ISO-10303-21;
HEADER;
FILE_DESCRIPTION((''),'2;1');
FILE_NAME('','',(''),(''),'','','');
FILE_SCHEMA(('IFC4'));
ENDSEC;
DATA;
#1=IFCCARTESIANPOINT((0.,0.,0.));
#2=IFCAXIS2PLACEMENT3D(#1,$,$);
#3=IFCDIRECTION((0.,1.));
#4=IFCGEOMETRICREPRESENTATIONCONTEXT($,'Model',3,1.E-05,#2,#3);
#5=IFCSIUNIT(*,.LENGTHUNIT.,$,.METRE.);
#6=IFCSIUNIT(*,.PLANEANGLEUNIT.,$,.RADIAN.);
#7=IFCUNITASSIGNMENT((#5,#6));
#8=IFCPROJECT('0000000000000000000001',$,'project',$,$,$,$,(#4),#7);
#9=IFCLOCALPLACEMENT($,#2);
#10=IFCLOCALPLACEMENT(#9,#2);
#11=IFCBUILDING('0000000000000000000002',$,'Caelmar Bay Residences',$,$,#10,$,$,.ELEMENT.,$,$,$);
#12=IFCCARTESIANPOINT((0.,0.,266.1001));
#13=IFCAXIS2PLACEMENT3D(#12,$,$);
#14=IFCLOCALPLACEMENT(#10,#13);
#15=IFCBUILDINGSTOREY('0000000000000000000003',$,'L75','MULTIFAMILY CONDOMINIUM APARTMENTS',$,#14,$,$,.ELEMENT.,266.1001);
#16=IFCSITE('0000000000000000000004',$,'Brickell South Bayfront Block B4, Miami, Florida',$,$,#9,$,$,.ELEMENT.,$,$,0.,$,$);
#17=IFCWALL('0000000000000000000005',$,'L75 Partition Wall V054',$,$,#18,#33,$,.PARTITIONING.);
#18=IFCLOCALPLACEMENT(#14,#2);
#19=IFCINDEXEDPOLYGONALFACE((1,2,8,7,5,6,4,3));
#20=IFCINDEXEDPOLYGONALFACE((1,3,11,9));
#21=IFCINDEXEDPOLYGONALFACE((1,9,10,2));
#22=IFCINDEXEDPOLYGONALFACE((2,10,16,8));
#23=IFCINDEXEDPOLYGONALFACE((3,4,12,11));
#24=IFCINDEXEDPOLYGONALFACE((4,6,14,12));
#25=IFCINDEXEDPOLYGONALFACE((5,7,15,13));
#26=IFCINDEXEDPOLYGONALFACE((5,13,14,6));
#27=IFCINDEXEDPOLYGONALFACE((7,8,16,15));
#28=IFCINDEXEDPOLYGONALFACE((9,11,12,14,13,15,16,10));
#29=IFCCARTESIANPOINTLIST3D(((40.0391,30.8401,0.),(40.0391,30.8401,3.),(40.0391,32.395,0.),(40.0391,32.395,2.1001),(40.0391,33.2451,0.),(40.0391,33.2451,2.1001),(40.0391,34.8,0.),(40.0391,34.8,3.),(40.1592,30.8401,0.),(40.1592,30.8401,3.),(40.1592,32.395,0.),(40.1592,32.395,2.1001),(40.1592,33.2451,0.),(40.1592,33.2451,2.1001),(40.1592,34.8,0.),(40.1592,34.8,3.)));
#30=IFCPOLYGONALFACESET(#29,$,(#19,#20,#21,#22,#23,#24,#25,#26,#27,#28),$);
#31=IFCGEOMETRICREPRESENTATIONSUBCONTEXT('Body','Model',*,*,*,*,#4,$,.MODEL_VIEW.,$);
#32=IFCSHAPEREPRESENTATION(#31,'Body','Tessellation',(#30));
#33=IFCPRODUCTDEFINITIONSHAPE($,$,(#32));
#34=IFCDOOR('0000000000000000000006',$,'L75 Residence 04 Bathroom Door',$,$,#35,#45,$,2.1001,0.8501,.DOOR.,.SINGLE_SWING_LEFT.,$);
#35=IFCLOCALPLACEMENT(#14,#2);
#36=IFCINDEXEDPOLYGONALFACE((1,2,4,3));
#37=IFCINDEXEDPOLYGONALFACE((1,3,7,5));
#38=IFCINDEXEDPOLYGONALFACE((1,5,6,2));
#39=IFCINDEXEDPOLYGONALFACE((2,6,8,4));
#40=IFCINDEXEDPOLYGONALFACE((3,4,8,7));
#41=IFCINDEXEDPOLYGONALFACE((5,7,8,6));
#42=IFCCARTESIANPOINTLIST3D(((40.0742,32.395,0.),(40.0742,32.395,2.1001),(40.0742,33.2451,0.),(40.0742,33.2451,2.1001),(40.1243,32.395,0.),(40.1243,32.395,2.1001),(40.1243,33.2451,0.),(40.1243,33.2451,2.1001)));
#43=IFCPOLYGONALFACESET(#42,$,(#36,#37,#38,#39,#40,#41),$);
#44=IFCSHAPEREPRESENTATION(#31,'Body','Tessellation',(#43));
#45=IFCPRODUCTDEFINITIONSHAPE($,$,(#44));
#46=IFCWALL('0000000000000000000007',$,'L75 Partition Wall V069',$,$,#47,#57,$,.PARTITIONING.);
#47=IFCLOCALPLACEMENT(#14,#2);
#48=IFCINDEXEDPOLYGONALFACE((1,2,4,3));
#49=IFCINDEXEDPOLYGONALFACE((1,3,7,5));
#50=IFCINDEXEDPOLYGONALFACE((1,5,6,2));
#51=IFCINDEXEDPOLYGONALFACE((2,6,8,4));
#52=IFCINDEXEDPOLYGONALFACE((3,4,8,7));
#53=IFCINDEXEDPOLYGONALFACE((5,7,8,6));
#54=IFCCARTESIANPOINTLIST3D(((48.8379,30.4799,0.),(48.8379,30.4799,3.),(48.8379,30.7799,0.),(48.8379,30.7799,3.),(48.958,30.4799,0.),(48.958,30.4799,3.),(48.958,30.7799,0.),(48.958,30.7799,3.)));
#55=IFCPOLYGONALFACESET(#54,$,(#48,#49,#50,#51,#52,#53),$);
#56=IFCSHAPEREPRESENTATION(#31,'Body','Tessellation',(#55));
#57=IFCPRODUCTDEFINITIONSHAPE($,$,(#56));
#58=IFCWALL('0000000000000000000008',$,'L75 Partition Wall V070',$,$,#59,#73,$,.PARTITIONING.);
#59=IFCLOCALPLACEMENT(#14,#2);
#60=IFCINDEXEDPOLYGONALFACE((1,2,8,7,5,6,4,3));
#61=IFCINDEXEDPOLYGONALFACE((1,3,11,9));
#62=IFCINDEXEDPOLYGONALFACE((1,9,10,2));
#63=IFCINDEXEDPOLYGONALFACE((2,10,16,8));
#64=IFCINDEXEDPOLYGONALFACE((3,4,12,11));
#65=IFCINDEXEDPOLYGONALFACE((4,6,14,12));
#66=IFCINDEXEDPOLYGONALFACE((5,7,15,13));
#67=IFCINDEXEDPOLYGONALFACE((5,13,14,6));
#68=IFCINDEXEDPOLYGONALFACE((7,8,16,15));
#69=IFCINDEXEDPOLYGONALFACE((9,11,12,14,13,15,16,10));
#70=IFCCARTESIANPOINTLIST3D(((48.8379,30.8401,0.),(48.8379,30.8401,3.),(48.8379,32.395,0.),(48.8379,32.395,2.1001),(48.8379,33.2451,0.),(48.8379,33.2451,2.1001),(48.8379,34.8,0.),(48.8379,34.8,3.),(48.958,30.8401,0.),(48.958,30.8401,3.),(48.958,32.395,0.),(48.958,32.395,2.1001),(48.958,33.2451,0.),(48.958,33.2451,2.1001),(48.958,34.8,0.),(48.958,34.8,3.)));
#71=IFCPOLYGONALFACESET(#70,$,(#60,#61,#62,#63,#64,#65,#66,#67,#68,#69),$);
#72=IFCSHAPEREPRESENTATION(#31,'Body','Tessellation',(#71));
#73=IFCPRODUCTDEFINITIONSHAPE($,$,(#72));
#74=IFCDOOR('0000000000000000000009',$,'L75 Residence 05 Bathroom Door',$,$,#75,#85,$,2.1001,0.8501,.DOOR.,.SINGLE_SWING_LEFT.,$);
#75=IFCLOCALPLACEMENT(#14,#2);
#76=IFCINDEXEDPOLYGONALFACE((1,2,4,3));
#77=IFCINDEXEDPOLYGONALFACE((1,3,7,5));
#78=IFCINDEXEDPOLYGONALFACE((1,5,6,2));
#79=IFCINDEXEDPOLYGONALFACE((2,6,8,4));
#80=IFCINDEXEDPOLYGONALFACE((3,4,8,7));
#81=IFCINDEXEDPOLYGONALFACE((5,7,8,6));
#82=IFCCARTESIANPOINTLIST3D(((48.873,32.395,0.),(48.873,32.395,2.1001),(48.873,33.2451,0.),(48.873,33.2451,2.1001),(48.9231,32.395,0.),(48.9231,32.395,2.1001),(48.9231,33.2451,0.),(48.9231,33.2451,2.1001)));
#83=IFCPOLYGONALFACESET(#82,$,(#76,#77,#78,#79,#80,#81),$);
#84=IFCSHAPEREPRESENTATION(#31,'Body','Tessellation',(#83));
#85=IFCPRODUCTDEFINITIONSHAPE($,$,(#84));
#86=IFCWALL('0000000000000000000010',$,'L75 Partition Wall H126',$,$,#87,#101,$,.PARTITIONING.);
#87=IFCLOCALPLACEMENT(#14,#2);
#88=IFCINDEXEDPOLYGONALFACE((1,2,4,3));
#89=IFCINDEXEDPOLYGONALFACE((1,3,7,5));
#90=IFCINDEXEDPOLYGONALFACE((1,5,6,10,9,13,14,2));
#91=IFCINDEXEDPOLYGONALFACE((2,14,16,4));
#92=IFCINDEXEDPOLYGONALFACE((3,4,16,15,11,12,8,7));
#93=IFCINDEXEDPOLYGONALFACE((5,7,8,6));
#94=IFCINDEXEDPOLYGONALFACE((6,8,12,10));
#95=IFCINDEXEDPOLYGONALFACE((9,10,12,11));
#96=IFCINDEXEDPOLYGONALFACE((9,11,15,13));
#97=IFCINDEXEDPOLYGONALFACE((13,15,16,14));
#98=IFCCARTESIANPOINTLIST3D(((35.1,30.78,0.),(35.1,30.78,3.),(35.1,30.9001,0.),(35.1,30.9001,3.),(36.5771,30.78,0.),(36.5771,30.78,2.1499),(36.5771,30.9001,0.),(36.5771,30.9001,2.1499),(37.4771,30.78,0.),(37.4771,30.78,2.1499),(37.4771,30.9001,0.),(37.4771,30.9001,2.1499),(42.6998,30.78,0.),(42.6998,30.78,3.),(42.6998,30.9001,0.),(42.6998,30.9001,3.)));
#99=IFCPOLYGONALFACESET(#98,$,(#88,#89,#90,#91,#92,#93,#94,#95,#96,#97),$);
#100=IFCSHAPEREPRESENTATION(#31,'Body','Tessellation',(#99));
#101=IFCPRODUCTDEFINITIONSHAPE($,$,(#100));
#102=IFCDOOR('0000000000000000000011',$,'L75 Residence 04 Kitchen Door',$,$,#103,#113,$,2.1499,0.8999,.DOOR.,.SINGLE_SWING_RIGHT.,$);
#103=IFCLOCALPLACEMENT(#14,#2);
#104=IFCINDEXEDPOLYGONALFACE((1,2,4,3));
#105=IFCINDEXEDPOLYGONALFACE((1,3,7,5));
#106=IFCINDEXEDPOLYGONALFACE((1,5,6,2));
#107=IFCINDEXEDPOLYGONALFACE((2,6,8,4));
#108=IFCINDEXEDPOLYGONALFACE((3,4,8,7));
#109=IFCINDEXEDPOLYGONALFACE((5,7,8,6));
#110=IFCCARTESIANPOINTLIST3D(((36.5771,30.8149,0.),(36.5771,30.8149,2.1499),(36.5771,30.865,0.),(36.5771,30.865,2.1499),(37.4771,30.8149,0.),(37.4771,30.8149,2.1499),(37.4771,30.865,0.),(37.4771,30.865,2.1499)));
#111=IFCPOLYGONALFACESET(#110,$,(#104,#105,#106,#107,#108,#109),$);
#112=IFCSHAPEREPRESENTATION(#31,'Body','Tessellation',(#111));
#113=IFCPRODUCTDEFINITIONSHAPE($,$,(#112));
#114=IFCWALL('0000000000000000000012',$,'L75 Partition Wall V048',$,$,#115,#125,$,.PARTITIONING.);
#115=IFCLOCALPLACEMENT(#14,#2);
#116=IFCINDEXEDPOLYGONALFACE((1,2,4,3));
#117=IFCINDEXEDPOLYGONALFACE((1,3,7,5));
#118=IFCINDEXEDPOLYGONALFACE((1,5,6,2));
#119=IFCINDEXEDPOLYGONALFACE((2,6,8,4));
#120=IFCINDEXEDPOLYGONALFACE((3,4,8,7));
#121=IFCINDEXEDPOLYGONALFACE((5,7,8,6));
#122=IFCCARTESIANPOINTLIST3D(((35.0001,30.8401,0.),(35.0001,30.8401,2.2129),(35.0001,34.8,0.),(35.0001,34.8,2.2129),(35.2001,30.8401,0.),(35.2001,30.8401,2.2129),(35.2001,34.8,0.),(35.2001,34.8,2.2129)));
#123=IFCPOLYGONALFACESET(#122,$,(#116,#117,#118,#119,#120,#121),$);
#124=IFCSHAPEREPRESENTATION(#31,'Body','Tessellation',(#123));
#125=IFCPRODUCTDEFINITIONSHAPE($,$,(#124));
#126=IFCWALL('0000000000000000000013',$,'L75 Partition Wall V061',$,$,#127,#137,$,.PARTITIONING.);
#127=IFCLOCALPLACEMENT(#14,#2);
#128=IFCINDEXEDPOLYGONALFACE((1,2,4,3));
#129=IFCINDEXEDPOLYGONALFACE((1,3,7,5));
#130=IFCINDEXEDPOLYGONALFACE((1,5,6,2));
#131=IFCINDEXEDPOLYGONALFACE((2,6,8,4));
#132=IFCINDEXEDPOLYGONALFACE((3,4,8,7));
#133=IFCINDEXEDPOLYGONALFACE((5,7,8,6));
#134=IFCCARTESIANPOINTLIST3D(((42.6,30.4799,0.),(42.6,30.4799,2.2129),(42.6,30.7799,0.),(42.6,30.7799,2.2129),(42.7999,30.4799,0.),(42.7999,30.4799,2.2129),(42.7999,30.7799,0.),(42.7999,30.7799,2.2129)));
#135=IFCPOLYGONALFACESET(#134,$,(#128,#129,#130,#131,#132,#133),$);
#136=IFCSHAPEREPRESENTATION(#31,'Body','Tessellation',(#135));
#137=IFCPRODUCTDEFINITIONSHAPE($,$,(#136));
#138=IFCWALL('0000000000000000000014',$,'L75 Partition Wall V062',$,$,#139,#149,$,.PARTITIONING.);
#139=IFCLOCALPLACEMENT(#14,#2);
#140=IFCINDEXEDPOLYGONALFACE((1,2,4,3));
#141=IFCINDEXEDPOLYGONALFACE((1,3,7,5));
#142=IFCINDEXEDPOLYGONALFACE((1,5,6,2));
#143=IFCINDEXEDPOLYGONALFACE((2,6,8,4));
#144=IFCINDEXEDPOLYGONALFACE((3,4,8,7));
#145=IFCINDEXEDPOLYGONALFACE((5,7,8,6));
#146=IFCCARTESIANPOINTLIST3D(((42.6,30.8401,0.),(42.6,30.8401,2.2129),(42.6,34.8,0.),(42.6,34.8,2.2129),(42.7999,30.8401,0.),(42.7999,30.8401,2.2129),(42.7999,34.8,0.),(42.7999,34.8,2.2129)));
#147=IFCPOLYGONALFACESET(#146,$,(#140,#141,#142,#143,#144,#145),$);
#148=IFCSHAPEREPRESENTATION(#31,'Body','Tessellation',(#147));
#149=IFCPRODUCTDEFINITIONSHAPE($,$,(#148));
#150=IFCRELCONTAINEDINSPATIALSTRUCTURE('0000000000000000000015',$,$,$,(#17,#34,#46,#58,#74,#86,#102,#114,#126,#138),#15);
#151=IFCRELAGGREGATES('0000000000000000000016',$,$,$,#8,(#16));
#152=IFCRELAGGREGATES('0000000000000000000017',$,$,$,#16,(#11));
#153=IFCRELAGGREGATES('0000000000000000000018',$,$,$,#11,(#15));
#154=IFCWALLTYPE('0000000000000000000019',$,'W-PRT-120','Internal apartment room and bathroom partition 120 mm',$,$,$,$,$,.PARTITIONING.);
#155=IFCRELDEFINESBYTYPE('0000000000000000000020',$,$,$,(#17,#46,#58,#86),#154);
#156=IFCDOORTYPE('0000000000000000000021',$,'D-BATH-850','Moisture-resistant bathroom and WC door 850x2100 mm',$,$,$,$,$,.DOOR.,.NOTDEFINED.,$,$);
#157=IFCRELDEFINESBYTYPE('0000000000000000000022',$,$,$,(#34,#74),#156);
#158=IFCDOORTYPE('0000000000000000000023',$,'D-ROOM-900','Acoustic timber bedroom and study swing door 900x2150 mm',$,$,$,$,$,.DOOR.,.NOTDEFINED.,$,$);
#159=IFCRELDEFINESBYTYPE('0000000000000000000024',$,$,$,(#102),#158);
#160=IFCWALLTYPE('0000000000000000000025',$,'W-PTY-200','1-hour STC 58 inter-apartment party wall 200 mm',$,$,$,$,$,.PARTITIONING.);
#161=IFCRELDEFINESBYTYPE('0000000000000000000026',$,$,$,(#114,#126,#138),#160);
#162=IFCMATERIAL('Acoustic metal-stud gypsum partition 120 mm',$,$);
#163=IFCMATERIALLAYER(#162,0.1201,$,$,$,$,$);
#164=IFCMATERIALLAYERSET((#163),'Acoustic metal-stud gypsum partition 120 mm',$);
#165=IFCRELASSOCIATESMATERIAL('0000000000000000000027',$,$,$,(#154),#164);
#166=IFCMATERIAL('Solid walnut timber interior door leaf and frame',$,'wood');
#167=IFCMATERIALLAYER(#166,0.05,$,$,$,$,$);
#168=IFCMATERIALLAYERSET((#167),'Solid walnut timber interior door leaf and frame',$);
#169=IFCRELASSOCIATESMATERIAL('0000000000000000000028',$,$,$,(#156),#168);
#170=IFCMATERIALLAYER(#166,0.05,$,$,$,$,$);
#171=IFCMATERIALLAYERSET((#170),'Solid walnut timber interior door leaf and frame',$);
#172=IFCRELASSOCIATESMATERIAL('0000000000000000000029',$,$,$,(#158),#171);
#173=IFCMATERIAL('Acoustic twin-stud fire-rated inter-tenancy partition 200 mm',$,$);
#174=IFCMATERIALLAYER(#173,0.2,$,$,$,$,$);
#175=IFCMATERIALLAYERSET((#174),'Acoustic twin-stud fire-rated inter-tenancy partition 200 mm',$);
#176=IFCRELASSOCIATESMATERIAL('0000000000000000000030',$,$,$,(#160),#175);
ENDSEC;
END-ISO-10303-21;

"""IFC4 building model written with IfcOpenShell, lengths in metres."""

from ifc_helpers import new_model, si_unit, direction, frame, frame_2d, origin, place, context, subcontext, project, spatial, rectangle, extrude, material, layer, layer_set, type_object, element, fill, save


model = new_model("IFC4")

# Units and contexts
model_context = context("Model", 3, precision=1e-05, world=origin(), true_north=direction((0.0, 1.0)))
body_context = subcontext(model_context, "Body", "Model", "MODEL_VIEW")
ifc_project = project(units=[si_unit("LENGTHUNIT", "METRE"), si_unit("PLANEANGLEUNIT", "RADIAN")], contexts=[model_context])

# Site, building, storey
site_placement = place(None, origin())
site = spatial("IfcSite", under=ifc_project, at=site_placement, Name="Brickell South Bayfront Block B4, Miami, Florida", CompositionType="ELEMENT", RefElevation=0.0)
building_placement = place(site_placement, origin())
building = spatial("IfcBuilding", under=site, at=building_placement, Name="Caelmar Bay Residences", CompositionType="ELEMENT")
storey_placement = place(building_placement, frame((0.0, 0.0, 266.1001)))
storey = spatial("IfcBuildingStorey", under=building, at=storey_placement, Name="L75", Description="MULTIFAMILY CONDOMINIUM APARTMENTS", CompositionType="ELEMENT", Elevation=266.1001)

# Wall, opening, door
ifc_material_1 = material(Name="Acoustic metal-stud gypsum partition 120 mm")
ifc_layer_1 = layer(ifc_material_1, 0.1201)
ifc_layer_set_1 = layer_set([ifc_layer_1], Name="Acoustic metal-stud gypsum partition 120 mm")
wall_type_1 = type_object("IfcWallType", Name="W-PRT-120", Description="Internal apartment room and bathroom partition 120 mm", PredefinedType="PARTITIONING", material=ifc_layer_set_1)
wall_1_placement = place(storey_placement, frame((40.0991, 30.8401, 0.0), z_axis=(0.0, 0.0, 1.0), x_axis=(0.0, 1.0, 0.0)))
wall_1 = element("IfcWall", 1, at=wall_1_placement, inside=storey, type_object=wall_type_1, Name="L75 Partition Wall V054", PredefinedType="PARTITIONING", context=body_context, shape_type="SweptSolid", body=[
    extrude(rectangle(XDim=3.96, YDim=0.1201, at=frame_2d((1.98, 0.0))), origin(), (0.0, 0.0, 1.0), 3.0),
])
opening_1_placement = place(wall_1_placement, frame((1.5549, 0.0, 0.0)))
opening_1 = element("IfcOpeningElement", 2, at=opening_1_placement, cuts=wall_1, PredefinedType="OPENING", context=body_context, shape_type="SweptSolid", body=[
    extrude(rectangle(XDim=0.8501, YDim=2.1001, at=frame_2d((0.425, 1.05))), frame((0.0, 0.0701, 0.0), z_axis=(0.0, -1.0, 0.0), x_axis=(1.0, 0.0, 0.0)), (0.0, 0.0, 1.0), 0.1401),
])
ifc_material_2 = material(Name="Solid walnut timber interior door leaf and frame", Category="wood")
ifc_layer_2 = layer(ifc_material_2, 0.05)
ifc_layer_set_2 = layer_set([ifc_layer_2], Name="Solid walnut timber interior door leaf and frame")
door_type_1 = type_object("IfcDoorType", Name="D-BATH-850", Description="Moisture-resistant bathroom and WC door 850x2100 mm", OperationType="NOTDEFINED", PredefinedType="DOOR", material=ifc_layer_set_2)
door_1_placement = place(opening_1_placement, origin())
door_1 = element("IfcDoor", 3, at=door_1_placement, inside=storey, type_object=door_type_1, Name="L75 Residence 04 Bathroom Door", OperationType="SINGLE_SWING_LEFT", OverallHeight=2.1001, OverallWidth=0.8501, PredefinedType="DOOR", context=body_context, shape_type="SweptSolid", body=[
    extrude(rectangle(XDim=0.8501, YDim=2.1001, at=frame_2d((0.425, 1.05))), frame((0.0, 0.0249, 0.0), z_axis=(0.0, -1.0, 0.0), x_axis=(1.0, 0.0, 0.0)), (0.0, 0.0, 1.0), 0.05),
])
fill(opening_1, door_1)

# Wall
wall_2_placement = place(storey_placement, frame((48.8979, 30.48, 0.0), z_axis=(0.0, 0.0, 1.0), x_axis=(0.0, 1.0, 0.0)))
element("IfcWall", 4, at=wall_2_placement, inside=storey, type_object=wall_type_1, Name="L75 Partition Wall V069", PredefinedType="PARTITIONING", context=body_context, shape_type="SweptSolid", body=[
    extrude(rectangle(XDim=0.3, YDim=0.1201, at=frame_2d((0.1499, 0.0))), origin(), (0.0, 0.0, 1.0), 3.0),
])

# Walls, openings, doors
wall_3_placement = place(storey_placement, frame((48.8979, 30.8401, 0.0), z_axis=(0.0, 0.0, 1.0), x_axis=(0.0, 1.0, 0.0)))
wall_3 = element("IfcWall", 5, at=wall_3_placement, inside=storey, type_object=wall_type_1, Name="L75 Partition Wall V070", PredefinedType="PARTITIONING", context=body_context, shape_type="SweptSolid", body=[
    extrude(rectangle(XDim=3.96, YDim=0.1201, at=frame_2d((1.98, 0.0))), origin(), (0.0, 0.0, 1.0), 3.0),
])
opening_2_placement = place(wall_3_placement, frame((1.5549, 0.0, 0.0)))
opening_2 = element("IfcOpeningElement", 6, at=opening_2_placement, cuts=wall_3, PredefinedType="OPENING", context=body_context, shape_type="SweptSolid", body=[
    extrude(rectangle(XDim=0.8501, YDim=2.1001, at=frame_2d((0.425, 1.05))), frame((0.0, 0.0701, 0.0), z_axis=(0.0, -1.0, 0.0), x_axis=(1.0, 0.0, 0.0)), (0.0, 0.0, 1.0), 0.1401),
])
door_2_placement = place(opening_2_placement, origin())
door_2 = element("IfcDoor", 7, at=door_2_placement, inside=storey, type_object=door_type_1, Name="L75 Residence 05 Bathroom Door", OperationType="SINGLE_SWING_LEFT", OverallHeight=2.1001, OverallWidth=0.8501, PredefinedType="DOOR", context=body_context, shape_type="SweptSolid", body=[
    extrude(rectangle(XDim=0.8501, YDim=2.1001, at=frame_2d((0.425, 1.05))), frame((0.0, 0.0249, 0.0), z_axis=(0.0, -1.0, 0.0), x_axis=(1.0, 0.0, 0.0)), (0.0, 0.0, 1.0), 0.05),
])
fill(opening_2, door_2)
wall_4_placement = place(storey_placement, frame((35.1001, 30.8401, 0.0), z_axis=(0.0, 0.0, 1.0), x_axis=(1.0, 0.0, 0.0)))
wall_4 = element("IfcWall", 8, at=wall_4_placement, inside=storey, type_object=wall_type_1, Name="L75 Partition Wall H126", PredefinedType="PARTITIONING", context=body_context, shape_type="SweptSolid", body=[
    extrude(rectangle(XDim=7.5999, YDim=0.1201, at=frame_2d((3.7998, 0.0))), origin(), (0.0, 0.0, 1.0), 3.0),
])
opening_3_placement = place(wall_4_placement, frame((1.4771, 0.0, 0.0)))
opening_3 = element("IfcOpeningElement", 9, at=opening_3_placement, cuts=wall_4, PredefinedType="OPENING", context=body_context, shape_type="SweptSolid", body=[
    extrude(rectangle(XDim=0.8999, YDim=2.1499, at=frame_2d((0.45, 1.075))), frame((0.0, 0.0701, 0.0), z_axis=(0.0, -1.0, 0.0), x_axis=(1.0, 0.0, 0.0)), (0.0, 0.0, 1.0), 0.1401),
])
ifc_layer_3 = layer(ifc_material_2, 0.05)
ifc_layer_set_3 = layer_set([ifc_layer_3], Name="Solid walnut timber interior door leaf and frame")
door_type_2 = type_object("IfcDoorType", Name="D-ROOM-900", Description="Acoustic timber bedroom and study swing door 900x2150 mm", OperationType="NOTDEFINED", PredefinedType="DOOR", material=ifc_layer_set_3)
door_3_placement = place(opening_3_placement, origin())
door_3 = element("IfcDoor", 10, at=door_3_placement, inside=storey, type_object=door_type_2, Name="L75 Residence 04 Kitchen Door", OperationType="SINGLE_SWING_RIGHT", OverallHeight=2.1499, OverallWidth=0.8999, PredefinedType="DOOR", context=body_context, shape_type="SweptSolid", body=[
    extrude(rectangle(XDim=0.8999, YDim=2.1499, at=frame_2d((0.45, 1.075))), frame((0.0, 0.0249, 0.0), z_axis=(0.0, -1.0, 0.0), x_axis=(1.0, 0.0, 0.0)), (0.0, 0.0, 1.0), 0.05),
])
fill(opening_3, door_3)

# Walls
ifc_material_3 = material(Name="Acoustic twin-stud fire-rated inter-tenancy partition 200 mm")
ifc_layer_4 = layer(ifc_material_3, 0.2)
ifc_layer_set_4 = layer_set([ifc_layer_4], Name="Acoustic twin-stud fire-rated inter-tenancy partition 200 mm")
wall_type_2 = type_object("IfcWallType", Name="W-PTY-200", Description="1-hour STC 58 inter-apartment party wall 200 mm", PredefinedType="PARTITIONING", material=ifc_layer_set_4)
wall_5_placement = place(storey_placement, frame((35.1001, 30.8401, 0.0), z_axis=(0.0, 0.0, 1.0), x_axis=(0.0, 1.0, 0.0)))
element("IfcWall", 11, at=wall_5_placement, inside=storey, type_object=wall_type_2, Name="L75 Partition Wall V048", PredefinedType="PARTITIONING", context=body_context, shape_type="SweptSolid", body=[
    extrude(rectangle(XDim=3.96, YDim=0.2, at=frame_2d((1.98, 0.0))), origin(), (0.0, 0.0, 1.0), 2.2129),
])
wall_6_placement = place(storey_placement, frame((42.7, 30.48, 0.0), z_axis=(0.0, 0.0, 1.0), x_axis=(0.0, 1.0, 0.0)))
element("IfcWall", 12, at=wall_6_placement, inside=storey, type_object=wall_type_2, Name="L75 Partition Wall V061", PredefinedType="PARTITIONING", context=body_context, shape_type="SweptSolid", body=[
    extrude(rectangle(XDim=0.3, YDim=0.2, at=frame_2d((0.1499, 0.0))), origin(), (0.0, 0.0, 1.0), 2.2129),
])
wall_7_placement = place(storey_placement, frame((42.7, 30.8401, 0.0), z_axis=(0.0, 0.0, 1.0), x_axis=(0.0, 1.0, 0.0)))
element("IfcWall", 13, at=wall_7_placement, inside=storey, type_object=wall_type_2, Name="L75 Partition Wall V062", PredefinedType="PARTITIONING", context=body_context, shape_type="SweptSolid", body=[
    extrude(rectangle(XDim=3.96, YDim=0.2, at=frame_2d((1.98, 0.0))), origin(), (0.0, 0.0, 1.0), 2.2129),
])

save(model, "model.ifc")
